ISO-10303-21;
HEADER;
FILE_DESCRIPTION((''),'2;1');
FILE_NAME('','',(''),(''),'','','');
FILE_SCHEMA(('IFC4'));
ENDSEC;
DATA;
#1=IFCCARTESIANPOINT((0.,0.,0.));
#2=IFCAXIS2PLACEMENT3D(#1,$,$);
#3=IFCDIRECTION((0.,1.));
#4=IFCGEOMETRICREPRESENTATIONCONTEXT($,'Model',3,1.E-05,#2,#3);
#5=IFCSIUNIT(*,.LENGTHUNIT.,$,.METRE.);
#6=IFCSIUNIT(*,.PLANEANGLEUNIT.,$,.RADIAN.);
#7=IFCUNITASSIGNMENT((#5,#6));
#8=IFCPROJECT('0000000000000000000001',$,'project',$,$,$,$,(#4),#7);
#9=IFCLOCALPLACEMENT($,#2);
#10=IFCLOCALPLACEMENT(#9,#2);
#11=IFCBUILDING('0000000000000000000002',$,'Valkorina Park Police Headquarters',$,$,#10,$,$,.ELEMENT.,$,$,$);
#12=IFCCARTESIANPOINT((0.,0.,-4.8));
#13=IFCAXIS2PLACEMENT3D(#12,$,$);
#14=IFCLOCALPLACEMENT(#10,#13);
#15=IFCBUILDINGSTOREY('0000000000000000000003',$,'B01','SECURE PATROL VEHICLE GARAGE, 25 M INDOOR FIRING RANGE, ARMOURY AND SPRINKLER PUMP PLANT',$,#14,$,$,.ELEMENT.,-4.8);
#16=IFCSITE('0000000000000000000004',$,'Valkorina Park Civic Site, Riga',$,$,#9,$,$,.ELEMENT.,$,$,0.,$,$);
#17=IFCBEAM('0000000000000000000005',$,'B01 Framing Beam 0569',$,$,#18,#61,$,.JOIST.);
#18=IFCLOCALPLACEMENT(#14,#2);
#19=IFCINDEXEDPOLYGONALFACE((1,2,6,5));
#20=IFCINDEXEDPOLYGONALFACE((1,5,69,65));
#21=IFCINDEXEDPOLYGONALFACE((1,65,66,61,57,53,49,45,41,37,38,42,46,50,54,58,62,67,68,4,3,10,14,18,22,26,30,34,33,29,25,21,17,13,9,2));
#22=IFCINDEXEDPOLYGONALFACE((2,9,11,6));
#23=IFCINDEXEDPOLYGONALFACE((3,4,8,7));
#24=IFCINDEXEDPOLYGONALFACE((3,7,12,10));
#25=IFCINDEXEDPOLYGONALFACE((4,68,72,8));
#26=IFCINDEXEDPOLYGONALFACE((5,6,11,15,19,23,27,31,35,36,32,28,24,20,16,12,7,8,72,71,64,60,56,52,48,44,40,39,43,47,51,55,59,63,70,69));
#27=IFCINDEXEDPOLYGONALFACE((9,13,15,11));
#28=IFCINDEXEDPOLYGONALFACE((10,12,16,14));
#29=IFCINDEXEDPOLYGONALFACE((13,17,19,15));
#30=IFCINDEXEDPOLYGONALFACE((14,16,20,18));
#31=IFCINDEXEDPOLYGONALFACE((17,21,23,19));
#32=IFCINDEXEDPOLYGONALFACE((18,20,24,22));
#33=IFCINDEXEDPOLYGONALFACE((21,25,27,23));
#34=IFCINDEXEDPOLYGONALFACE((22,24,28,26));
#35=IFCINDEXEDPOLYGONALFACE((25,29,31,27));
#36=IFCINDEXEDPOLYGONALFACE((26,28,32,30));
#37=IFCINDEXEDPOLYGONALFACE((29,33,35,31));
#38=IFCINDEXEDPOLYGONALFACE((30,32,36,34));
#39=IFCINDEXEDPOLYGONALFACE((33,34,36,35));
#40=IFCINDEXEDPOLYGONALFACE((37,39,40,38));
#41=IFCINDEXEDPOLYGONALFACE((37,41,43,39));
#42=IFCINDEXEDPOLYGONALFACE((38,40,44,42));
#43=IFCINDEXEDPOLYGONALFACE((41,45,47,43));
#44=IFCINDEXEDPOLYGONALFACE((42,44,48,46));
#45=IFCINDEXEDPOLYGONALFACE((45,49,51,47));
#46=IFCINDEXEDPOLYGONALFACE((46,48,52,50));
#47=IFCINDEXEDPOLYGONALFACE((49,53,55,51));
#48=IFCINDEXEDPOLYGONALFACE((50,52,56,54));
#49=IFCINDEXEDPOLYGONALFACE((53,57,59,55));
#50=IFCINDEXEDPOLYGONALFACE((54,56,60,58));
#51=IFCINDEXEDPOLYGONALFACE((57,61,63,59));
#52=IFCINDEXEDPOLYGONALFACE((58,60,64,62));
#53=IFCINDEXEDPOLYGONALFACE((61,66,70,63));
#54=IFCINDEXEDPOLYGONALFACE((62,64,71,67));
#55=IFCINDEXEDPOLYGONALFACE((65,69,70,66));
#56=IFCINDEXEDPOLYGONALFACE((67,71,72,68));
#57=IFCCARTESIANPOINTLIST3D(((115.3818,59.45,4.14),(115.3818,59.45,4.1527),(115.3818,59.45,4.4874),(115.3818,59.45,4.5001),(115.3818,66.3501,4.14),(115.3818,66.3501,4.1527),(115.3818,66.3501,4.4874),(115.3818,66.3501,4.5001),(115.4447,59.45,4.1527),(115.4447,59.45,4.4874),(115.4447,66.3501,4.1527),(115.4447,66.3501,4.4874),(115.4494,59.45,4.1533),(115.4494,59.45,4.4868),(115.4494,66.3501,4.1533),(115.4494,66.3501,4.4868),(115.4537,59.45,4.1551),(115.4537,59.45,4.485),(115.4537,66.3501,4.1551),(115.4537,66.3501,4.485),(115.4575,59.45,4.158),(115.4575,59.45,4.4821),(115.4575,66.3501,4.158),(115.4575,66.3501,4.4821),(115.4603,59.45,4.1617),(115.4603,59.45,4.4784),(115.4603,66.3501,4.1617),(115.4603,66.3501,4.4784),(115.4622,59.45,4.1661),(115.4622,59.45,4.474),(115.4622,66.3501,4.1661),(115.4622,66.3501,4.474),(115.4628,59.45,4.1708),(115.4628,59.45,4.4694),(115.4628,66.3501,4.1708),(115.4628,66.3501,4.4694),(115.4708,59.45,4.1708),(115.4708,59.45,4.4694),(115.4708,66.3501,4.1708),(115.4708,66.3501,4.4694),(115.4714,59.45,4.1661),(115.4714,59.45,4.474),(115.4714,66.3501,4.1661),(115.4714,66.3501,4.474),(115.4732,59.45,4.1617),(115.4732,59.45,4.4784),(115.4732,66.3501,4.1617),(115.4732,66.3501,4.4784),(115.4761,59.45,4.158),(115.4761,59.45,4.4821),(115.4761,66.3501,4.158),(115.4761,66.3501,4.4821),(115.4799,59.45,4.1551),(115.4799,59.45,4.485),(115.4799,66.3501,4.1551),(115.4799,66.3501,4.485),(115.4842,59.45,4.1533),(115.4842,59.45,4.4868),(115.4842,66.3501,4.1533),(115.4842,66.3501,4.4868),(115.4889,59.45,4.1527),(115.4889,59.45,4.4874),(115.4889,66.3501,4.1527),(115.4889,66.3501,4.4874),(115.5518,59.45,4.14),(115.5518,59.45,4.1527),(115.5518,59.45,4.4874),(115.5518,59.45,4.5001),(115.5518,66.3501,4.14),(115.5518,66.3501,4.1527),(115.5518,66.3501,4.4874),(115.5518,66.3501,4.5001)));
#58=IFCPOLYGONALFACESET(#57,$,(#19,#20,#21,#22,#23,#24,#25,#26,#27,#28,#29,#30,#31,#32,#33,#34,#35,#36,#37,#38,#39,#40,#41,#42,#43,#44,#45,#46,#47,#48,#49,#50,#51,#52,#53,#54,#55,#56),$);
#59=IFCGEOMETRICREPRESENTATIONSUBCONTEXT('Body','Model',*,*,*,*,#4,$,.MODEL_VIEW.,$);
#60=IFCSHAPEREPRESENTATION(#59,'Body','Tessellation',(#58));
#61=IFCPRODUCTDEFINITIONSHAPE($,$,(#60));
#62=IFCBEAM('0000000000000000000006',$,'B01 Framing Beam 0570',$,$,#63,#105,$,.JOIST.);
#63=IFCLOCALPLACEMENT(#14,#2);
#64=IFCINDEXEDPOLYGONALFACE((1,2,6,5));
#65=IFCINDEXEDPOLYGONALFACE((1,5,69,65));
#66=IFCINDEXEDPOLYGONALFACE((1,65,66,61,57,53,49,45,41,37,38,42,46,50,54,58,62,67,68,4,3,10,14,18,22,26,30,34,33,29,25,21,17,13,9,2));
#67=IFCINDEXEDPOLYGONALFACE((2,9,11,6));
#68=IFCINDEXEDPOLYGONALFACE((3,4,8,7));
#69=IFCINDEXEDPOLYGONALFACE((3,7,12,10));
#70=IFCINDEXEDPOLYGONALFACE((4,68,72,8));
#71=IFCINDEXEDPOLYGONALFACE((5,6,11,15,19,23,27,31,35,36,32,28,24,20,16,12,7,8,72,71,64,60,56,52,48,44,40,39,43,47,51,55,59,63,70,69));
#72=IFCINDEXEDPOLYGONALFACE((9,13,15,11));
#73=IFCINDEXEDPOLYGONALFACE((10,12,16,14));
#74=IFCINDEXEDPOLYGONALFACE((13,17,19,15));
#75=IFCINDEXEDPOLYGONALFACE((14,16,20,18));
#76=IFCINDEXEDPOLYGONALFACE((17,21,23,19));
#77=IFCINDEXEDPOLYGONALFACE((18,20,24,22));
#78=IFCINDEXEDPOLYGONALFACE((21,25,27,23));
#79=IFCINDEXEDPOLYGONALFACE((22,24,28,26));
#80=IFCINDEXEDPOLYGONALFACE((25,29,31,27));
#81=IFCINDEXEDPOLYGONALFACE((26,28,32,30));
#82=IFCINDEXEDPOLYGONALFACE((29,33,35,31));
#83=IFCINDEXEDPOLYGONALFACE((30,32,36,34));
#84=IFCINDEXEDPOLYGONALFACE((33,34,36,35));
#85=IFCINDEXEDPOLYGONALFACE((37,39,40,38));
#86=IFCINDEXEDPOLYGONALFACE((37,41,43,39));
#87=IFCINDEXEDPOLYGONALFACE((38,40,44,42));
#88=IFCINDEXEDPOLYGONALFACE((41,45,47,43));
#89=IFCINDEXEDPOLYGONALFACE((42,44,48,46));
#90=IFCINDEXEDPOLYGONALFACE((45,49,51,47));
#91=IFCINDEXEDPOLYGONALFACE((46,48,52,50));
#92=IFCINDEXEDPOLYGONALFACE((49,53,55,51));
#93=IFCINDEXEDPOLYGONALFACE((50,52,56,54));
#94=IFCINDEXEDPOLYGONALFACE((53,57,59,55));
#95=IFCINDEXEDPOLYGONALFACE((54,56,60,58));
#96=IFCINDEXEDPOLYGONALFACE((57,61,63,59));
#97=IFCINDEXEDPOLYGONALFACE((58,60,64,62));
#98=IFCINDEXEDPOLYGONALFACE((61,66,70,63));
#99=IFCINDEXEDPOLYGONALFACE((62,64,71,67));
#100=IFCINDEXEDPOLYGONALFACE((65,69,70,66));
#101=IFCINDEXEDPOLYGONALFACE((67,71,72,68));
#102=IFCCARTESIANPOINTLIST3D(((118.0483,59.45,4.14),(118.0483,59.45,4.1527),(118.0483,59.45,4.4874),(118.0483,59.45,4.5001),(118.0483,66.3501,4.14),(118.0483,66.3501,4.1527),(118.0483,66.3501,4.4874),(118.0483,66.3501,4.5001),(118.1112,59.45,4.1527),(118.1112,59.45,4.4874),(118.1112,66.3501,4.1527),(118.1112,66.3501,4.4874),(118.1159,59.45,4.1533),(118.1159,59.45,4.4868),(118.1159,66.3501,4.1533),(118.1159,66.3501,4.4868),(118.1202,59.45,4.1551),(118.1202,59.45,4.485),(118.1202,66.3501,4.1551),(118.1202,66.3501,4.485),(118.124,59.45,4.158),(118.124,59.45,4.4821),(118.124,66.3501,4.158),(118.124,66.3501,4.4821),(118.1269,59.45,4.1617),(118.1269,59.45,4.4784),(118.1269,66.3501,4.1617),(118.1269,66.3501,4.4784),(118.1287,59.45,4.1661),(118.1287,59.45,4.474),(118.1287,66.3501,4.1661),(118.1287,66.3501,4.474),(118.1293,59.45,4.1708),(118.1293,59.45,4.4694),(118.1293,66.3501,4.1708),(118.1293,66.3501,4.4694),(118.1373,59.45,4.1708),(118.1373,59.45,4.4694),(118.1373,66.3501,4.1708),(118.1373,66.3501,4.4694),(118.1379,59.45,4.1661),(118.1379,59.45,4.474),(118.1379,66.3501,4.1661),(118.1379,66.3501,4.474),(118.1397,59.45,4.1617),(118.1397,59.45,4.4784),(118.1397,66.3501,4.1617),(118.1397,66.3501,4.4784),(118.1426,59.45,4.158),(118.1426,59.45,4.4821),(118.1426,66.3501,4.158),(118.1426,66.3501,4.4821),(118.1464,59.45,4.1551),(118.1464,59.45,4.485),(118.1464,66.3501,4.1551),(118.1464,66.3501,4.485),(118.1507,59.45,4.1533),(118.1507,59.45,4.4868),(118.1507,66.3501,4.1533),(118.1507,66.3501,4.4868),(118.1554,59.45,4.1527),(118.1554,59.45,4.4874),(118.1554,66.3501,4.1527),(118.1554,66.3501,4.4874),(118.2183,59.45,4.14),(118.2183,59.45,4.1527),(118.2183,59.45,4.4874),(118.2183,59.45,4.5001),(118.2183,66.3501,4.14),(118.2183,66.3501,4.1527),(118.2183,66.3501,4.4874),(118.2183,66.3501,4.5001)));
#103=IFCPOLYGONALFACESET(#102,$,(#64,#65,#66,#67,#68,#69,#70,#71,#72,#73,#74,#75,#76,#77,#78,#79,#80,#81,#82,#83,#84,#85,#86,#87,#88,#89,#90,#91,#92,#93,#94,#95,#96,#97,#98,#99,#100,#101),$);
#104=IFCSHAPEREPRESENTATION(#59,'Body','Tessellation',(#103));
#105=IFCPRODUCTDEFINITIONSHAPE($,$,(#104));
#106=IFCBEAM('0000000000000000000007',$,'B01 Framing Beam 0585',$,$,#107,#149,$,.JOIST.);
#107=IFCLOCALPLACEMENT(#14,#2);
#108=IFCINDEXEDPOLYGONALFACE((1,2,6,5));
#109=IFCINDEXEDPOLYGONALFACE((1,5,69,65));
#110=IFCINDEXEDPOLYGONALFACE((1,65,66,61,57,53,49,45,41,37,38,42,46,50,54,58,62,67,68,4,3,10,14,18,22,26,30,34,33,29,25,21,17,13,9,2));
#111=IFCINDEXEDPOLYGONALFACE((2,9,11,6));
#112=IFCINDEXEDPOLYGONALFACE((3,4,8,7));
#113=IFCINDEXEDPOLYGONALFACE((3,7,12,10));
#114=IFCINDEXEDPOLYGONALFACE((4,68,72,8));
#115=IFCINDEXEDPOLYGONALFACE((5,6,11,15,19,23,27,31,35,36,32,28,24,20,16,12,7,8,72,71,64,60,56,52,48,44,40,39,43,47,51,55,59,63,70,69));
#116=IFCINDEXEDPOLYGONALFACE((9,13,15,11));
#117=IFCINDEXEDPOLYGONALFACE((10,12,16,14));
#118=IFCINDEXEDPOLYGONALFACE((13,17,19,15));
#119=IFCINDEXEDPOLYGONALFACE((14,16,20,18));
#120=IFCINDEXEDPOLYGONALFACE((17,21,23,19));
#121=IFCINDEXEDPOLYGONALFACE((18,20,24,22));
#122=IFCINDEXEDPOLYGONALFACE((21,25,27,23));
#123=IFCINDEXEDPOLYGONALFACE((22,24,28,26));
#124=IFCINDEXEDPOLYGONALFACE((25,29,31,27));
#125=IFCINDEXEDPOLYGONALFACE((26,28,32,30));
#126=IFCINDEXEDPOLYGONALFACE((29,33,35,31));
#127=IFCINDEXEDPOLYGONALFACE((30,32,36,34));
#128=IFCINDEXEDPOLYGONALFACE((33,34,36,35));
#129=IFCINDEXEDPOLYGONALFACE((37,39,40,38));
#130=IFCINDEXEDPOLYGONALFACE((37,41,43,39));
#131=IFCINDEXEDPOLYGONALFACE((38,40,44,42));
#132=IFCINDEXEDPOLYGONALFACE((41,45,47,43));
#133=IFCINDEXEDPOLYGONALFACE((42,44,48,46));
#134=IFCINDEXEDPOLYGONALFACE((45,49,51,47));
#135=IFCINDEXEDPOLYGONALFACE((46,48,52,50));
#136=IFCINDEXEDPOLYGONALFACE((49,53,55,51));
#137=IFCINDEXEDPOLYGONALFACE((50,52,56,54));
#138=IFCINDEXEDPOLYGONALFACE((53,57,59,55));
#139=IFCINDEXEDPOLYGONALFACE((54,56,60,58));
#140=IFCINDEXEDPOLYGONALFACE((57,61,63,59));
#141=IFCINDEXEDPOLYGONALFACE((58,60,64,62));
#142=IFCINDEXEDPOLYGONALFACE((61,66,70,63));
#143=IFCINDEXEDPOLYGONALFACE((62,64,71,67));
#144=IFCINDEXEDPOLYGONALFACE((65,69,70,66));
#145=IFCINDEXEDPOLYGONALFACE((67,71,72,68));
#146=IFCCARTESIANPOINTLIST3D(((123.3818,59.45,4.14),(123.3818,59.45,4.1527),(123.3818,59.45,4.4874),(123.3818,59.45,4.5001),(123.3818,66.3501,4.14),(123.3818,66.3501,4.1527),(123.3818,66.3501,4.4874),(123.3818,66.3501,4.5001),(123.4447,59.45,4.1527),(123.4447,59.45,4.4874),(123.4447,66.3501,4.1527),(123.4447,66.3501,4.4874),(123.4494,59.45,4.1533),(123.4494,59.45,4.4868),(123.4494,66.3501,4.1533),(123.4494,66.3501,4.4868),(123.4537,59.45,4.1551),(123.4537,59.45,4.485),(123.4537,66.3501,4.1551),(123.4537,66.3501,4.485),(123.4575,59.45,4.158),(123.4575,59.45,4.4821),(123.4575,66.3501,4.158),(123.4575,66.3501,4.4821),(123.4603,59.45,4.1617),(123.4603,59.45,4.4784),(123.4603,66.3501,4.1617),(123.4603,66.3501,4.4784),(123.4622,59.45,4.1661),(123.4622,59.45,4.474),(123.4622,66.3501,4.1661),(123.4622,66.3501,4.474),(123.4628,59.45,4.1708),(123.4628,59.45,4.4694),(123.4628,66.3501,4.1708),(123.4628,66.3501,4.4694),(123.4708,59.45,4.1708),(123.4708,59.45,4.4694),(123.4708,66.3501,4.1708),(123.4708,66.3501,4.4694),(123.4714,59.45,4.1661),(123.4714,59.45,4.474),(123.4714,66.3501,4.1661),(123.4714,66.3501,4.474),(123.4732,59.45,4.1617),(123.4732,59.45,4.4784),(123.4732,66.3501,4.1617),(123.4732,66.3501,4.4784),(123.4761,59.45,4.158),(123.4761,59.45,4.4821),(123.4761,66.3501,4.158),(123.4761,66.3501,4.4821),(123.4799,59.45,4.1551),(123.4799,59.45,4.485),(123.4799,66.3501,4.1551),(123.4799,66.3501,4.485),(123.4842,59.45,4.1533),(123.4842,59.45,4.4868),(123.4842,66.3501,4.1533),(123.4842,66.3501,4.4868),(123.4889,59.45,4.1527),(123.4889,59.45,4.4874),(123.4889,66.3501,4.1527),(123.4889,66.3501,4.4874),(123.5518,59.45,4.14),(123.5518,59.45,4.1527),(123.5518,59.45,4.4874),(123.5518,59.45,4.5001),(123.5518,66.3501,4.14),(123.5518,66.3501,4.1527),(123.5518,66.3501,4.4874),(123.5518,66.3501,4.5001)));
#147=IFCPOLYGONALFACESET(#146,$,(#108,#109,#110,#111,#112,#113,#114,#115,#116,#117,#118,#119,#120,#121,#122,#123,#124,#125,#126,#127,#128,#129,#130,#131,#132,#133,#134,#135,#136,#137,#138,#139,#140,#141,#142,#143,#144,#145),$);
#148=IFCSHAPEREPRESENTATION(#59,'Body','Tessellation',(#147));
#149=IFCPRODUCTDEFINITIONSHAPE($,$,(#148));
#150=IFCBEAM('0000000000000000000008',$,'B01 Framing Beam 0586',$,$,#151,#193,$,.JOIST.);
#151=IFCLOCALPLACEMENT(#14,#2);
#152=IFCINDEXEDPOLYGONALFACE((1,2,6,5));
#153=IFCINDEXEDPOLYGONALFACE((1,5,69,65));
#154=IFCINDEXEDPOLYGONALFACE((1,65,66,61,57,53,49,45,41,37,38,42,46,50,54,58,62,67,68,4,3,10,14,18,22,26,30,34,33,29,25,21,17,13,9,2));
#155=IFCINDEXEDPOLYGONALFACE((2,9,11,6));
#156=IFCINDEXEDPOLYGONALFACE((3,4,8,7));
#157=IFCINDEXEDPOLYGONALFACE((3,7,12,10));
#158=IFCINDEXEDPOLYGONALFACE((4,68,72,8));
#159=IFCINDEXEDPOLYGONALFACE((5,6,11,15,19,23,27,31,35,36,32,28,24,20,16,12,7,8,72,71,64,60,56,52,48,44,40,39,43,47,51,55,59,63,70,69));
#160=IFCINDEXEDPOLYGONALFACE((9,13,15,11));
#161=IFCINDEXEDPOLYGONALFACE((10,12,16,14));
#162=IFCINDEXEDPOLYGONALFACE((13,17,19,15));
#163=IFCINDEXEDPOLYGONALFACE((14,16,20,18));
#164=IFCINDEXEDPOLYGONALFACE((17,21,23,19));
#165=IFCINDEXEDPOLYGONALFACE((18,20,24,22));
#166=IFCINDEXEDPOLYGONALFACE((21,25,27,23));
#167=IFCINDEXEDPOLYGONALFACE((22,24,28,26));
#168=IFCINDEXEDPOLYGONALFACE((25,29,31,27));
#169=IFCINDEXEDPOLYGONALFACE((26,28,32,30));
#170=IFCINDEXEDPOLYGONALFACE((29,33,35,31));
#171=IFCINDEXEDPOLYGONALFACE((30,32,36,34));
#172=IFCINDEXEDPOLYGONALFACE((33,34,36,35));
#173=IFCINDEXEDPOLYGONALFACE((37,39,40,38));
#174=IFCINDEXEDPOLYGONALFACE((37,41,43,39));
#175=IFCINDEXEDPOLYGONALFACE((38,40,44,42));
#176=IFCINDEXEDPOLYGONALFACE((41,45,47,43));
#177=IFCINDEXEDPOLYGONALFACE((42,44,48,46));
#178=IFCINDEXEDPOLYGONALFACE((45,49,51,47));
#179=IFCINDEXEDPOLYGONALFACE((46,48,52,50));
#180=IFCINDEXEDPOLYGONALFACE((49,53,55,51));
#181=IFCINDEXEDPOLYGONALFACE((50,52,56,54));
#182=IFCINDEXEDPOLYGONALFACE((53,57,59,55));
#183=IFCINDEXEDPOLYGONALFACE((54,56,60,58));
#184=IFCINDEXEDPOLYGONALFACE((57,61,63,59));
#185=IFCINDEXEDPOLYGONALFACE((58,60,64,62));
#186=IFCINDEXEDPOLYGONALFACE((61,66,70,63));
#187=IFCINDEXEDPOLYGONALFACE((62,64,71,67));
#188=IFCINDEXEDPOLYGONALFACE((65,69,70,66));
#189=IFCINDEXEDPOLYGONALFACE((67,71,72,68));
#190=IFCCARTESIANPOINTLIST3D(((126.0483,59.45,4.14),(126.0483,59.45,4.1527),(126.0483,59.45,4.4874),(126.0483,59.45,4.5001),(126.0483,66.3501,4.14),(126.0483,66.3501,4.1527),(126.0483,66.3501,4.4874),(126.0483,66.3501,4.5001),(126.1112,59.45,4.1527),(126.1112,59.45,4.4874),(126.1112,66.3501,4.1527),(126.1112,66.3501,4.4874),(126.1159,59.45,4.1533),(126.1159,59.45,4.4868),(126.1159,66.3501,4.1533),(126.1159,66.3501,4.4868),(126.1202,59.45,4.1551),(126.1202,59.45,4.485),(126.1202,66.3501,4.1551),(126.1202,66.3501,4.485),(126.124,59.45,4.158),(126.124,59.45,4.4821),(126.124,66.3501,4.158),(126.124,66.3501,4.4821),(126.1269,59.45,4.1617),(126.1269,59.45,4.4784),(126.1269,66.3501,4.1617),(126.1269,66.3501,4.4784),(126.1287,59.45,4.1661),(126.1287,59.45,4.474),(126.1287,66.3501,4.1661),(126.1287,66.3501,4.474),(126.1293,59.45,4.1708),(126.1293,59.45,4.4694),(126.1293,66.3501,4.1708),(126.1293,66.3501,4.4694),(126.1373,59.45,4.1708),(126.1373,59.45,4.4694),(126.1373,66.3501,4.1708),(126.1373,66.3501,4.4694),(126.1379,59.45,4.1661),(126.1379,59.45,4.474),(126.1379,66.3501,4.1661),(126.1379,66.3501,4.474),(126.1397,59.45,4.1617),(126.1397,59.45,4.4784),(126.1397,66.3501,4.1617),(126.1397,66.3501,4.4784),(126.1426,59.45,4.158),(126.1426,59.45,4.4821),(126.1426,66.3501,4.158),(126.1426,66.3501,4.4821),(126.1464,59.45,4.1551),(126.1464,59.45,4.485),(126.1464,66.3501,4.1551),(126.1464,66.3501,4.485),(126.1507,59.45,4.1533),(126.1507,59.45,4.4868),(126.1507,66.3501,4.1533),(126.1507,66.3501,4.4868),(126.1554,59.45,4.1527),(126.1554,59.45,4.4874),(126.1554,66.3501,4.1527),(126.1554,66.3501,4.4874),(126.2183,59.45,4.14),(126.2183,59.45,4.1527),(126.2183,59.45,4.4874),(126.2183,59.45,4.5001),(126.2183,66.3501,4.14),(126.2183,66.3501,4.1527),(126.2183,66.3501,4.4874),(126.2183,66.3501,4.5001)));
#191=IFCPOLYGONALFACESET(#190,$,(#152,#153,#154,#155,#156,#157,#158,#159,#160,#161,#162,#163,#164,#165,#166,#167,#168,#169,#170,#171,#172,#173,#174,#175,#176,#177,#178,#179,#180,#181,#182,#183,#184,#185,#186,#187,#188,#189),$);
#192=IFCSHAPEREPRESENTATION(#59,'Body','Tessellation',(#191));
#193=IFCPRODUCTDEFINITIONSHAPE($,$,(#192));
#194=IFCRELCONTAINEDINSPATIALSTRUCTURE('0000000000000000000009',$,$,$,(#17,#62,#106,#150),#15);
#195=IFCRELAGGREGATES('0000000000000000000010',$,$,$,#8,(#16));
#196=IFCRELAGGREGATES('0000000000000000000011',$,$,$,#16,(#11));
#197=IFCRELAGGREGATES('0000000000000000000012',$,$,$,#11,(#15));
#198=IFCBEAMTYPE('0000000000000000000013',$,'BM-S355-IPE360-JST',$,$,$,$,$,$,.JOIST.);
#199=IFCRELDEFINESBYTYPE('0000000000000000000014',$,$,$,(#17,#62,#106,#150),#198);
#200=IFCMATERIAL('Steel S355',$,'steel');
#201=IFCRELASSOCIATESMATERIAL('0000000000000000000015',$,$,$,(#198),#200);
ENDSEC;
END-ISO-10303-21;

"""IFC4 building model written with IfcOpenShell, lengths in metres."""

from ifc_helpers import new_model, si_unit, direction, frame, origin, origin_2d, place, context, subcontext, project, spatial, i_section, extrude, material, material_profile, profile_set, type_object, element, save


model = new_model("IFC4")

# Units and contexts
model_context = context("Model", 3, precision=1e-05, world=origin(), true_north=direction((0.0, 1.0)))
body_context = subcontext(model_context, "Body", "Model", "MODEL_VIEW")
ifc_project = project(units=[si_unit("LENGTHUNIT", "METRE"), si_unit("PLANEANGLEUNIT", "RADIAN")], contexts=[model_context])

# Site, building, storey
site_placement = place(None, origin())
site = spatial("IfcSite", under=ifc_project, at=site_placement, Name="Valkorina Park Civic Site, Riga", CompositionType="ELEMENT", RefElevation=0.0)
building_placement = place(site_placement, origin())
building = spatial("IfcBuilding", under=site, at=building_placement, Name="Valkorina Park Police Headquarters", CompositionType="ELEMENT")
storey_placement = place(building_placement, frame((0.0, 0.0, -4.8)))
storey = spatial("IfcBuildingStorey", under=building, at=storey_placement, Name="B01", Description="SECURE PATROL VEHICLE GARAGE, 25 M INDOOR FIRING RANGE, ARMOURY AND SPRINKLER PUMP PLANT", CompositionType="ELEMENT", Elevation=-4.8)

# Beams
ifc_material_1 = material(Name="Steel S355", Category="steel")
ifc_material_profile_1 = material_profile(ifc_material_1, i_section(OverallWidth=0.1699, OverallDepth=0.3601, WebThickness=0.0081, FlangeThickness=0.0127, FilletRadius=0.0181, at=origin_2d()), Name="IPE 360")
ifc_profile_set_1 = profile_set([ifc_material_profile_1], Name="Steel S355")
beam_type_1 = type_object("IfcBeamType", Name="BM-S355-IPE360-JST", PredefinedType="JOIST", material=ifc_profile_set_1)
for number, where, z_axis, x_axis, name in (
    (1, (115.4668, 59.45, 4.3201), (0.0, 1.0, 0.0), (-1.0, 0.0, 0.0), "B01 Framing Beam 0569"),
    (2, (118.1333, 59.45, 4.3201), (0.0, 1.0, 0.0), (-1.0, 0.0, 0.0), "B01 Framing Beam 0570"),
    (3, (123.4668, 59.45, 4.3201), (0.0, 1.0, 0.0), (-1.0, 0.0, 0.0), "B01 Framing Beam 0585"),
    (4, (126.1333, 59.45, 4.3201), (0.0, 1.0, 0.0), (-1.0, 0.0, 0.0), "B01 Framing Beam 0586"),
):
    element("IfcBeam", number, at=place(storey_placement, frame(where, z_axis=z_axis, x_axis=x_axis)), inside=storey, type_object=beam_type_1, Name=name, PredefinedType="JOIST", context=body_context, shape_type="SweptSolid", body=[
        extrude(i_section(OverallWidth=0.1699, OverallDepth=0.3601, WebThickness=0.0081, FlangeThickness=0.0127, FilletRadius=0.0181, at=origin_2d()), origin(), (0.0, 0.0, 1.0), 6.9001),
    ])

save(model, "model.ifc")
